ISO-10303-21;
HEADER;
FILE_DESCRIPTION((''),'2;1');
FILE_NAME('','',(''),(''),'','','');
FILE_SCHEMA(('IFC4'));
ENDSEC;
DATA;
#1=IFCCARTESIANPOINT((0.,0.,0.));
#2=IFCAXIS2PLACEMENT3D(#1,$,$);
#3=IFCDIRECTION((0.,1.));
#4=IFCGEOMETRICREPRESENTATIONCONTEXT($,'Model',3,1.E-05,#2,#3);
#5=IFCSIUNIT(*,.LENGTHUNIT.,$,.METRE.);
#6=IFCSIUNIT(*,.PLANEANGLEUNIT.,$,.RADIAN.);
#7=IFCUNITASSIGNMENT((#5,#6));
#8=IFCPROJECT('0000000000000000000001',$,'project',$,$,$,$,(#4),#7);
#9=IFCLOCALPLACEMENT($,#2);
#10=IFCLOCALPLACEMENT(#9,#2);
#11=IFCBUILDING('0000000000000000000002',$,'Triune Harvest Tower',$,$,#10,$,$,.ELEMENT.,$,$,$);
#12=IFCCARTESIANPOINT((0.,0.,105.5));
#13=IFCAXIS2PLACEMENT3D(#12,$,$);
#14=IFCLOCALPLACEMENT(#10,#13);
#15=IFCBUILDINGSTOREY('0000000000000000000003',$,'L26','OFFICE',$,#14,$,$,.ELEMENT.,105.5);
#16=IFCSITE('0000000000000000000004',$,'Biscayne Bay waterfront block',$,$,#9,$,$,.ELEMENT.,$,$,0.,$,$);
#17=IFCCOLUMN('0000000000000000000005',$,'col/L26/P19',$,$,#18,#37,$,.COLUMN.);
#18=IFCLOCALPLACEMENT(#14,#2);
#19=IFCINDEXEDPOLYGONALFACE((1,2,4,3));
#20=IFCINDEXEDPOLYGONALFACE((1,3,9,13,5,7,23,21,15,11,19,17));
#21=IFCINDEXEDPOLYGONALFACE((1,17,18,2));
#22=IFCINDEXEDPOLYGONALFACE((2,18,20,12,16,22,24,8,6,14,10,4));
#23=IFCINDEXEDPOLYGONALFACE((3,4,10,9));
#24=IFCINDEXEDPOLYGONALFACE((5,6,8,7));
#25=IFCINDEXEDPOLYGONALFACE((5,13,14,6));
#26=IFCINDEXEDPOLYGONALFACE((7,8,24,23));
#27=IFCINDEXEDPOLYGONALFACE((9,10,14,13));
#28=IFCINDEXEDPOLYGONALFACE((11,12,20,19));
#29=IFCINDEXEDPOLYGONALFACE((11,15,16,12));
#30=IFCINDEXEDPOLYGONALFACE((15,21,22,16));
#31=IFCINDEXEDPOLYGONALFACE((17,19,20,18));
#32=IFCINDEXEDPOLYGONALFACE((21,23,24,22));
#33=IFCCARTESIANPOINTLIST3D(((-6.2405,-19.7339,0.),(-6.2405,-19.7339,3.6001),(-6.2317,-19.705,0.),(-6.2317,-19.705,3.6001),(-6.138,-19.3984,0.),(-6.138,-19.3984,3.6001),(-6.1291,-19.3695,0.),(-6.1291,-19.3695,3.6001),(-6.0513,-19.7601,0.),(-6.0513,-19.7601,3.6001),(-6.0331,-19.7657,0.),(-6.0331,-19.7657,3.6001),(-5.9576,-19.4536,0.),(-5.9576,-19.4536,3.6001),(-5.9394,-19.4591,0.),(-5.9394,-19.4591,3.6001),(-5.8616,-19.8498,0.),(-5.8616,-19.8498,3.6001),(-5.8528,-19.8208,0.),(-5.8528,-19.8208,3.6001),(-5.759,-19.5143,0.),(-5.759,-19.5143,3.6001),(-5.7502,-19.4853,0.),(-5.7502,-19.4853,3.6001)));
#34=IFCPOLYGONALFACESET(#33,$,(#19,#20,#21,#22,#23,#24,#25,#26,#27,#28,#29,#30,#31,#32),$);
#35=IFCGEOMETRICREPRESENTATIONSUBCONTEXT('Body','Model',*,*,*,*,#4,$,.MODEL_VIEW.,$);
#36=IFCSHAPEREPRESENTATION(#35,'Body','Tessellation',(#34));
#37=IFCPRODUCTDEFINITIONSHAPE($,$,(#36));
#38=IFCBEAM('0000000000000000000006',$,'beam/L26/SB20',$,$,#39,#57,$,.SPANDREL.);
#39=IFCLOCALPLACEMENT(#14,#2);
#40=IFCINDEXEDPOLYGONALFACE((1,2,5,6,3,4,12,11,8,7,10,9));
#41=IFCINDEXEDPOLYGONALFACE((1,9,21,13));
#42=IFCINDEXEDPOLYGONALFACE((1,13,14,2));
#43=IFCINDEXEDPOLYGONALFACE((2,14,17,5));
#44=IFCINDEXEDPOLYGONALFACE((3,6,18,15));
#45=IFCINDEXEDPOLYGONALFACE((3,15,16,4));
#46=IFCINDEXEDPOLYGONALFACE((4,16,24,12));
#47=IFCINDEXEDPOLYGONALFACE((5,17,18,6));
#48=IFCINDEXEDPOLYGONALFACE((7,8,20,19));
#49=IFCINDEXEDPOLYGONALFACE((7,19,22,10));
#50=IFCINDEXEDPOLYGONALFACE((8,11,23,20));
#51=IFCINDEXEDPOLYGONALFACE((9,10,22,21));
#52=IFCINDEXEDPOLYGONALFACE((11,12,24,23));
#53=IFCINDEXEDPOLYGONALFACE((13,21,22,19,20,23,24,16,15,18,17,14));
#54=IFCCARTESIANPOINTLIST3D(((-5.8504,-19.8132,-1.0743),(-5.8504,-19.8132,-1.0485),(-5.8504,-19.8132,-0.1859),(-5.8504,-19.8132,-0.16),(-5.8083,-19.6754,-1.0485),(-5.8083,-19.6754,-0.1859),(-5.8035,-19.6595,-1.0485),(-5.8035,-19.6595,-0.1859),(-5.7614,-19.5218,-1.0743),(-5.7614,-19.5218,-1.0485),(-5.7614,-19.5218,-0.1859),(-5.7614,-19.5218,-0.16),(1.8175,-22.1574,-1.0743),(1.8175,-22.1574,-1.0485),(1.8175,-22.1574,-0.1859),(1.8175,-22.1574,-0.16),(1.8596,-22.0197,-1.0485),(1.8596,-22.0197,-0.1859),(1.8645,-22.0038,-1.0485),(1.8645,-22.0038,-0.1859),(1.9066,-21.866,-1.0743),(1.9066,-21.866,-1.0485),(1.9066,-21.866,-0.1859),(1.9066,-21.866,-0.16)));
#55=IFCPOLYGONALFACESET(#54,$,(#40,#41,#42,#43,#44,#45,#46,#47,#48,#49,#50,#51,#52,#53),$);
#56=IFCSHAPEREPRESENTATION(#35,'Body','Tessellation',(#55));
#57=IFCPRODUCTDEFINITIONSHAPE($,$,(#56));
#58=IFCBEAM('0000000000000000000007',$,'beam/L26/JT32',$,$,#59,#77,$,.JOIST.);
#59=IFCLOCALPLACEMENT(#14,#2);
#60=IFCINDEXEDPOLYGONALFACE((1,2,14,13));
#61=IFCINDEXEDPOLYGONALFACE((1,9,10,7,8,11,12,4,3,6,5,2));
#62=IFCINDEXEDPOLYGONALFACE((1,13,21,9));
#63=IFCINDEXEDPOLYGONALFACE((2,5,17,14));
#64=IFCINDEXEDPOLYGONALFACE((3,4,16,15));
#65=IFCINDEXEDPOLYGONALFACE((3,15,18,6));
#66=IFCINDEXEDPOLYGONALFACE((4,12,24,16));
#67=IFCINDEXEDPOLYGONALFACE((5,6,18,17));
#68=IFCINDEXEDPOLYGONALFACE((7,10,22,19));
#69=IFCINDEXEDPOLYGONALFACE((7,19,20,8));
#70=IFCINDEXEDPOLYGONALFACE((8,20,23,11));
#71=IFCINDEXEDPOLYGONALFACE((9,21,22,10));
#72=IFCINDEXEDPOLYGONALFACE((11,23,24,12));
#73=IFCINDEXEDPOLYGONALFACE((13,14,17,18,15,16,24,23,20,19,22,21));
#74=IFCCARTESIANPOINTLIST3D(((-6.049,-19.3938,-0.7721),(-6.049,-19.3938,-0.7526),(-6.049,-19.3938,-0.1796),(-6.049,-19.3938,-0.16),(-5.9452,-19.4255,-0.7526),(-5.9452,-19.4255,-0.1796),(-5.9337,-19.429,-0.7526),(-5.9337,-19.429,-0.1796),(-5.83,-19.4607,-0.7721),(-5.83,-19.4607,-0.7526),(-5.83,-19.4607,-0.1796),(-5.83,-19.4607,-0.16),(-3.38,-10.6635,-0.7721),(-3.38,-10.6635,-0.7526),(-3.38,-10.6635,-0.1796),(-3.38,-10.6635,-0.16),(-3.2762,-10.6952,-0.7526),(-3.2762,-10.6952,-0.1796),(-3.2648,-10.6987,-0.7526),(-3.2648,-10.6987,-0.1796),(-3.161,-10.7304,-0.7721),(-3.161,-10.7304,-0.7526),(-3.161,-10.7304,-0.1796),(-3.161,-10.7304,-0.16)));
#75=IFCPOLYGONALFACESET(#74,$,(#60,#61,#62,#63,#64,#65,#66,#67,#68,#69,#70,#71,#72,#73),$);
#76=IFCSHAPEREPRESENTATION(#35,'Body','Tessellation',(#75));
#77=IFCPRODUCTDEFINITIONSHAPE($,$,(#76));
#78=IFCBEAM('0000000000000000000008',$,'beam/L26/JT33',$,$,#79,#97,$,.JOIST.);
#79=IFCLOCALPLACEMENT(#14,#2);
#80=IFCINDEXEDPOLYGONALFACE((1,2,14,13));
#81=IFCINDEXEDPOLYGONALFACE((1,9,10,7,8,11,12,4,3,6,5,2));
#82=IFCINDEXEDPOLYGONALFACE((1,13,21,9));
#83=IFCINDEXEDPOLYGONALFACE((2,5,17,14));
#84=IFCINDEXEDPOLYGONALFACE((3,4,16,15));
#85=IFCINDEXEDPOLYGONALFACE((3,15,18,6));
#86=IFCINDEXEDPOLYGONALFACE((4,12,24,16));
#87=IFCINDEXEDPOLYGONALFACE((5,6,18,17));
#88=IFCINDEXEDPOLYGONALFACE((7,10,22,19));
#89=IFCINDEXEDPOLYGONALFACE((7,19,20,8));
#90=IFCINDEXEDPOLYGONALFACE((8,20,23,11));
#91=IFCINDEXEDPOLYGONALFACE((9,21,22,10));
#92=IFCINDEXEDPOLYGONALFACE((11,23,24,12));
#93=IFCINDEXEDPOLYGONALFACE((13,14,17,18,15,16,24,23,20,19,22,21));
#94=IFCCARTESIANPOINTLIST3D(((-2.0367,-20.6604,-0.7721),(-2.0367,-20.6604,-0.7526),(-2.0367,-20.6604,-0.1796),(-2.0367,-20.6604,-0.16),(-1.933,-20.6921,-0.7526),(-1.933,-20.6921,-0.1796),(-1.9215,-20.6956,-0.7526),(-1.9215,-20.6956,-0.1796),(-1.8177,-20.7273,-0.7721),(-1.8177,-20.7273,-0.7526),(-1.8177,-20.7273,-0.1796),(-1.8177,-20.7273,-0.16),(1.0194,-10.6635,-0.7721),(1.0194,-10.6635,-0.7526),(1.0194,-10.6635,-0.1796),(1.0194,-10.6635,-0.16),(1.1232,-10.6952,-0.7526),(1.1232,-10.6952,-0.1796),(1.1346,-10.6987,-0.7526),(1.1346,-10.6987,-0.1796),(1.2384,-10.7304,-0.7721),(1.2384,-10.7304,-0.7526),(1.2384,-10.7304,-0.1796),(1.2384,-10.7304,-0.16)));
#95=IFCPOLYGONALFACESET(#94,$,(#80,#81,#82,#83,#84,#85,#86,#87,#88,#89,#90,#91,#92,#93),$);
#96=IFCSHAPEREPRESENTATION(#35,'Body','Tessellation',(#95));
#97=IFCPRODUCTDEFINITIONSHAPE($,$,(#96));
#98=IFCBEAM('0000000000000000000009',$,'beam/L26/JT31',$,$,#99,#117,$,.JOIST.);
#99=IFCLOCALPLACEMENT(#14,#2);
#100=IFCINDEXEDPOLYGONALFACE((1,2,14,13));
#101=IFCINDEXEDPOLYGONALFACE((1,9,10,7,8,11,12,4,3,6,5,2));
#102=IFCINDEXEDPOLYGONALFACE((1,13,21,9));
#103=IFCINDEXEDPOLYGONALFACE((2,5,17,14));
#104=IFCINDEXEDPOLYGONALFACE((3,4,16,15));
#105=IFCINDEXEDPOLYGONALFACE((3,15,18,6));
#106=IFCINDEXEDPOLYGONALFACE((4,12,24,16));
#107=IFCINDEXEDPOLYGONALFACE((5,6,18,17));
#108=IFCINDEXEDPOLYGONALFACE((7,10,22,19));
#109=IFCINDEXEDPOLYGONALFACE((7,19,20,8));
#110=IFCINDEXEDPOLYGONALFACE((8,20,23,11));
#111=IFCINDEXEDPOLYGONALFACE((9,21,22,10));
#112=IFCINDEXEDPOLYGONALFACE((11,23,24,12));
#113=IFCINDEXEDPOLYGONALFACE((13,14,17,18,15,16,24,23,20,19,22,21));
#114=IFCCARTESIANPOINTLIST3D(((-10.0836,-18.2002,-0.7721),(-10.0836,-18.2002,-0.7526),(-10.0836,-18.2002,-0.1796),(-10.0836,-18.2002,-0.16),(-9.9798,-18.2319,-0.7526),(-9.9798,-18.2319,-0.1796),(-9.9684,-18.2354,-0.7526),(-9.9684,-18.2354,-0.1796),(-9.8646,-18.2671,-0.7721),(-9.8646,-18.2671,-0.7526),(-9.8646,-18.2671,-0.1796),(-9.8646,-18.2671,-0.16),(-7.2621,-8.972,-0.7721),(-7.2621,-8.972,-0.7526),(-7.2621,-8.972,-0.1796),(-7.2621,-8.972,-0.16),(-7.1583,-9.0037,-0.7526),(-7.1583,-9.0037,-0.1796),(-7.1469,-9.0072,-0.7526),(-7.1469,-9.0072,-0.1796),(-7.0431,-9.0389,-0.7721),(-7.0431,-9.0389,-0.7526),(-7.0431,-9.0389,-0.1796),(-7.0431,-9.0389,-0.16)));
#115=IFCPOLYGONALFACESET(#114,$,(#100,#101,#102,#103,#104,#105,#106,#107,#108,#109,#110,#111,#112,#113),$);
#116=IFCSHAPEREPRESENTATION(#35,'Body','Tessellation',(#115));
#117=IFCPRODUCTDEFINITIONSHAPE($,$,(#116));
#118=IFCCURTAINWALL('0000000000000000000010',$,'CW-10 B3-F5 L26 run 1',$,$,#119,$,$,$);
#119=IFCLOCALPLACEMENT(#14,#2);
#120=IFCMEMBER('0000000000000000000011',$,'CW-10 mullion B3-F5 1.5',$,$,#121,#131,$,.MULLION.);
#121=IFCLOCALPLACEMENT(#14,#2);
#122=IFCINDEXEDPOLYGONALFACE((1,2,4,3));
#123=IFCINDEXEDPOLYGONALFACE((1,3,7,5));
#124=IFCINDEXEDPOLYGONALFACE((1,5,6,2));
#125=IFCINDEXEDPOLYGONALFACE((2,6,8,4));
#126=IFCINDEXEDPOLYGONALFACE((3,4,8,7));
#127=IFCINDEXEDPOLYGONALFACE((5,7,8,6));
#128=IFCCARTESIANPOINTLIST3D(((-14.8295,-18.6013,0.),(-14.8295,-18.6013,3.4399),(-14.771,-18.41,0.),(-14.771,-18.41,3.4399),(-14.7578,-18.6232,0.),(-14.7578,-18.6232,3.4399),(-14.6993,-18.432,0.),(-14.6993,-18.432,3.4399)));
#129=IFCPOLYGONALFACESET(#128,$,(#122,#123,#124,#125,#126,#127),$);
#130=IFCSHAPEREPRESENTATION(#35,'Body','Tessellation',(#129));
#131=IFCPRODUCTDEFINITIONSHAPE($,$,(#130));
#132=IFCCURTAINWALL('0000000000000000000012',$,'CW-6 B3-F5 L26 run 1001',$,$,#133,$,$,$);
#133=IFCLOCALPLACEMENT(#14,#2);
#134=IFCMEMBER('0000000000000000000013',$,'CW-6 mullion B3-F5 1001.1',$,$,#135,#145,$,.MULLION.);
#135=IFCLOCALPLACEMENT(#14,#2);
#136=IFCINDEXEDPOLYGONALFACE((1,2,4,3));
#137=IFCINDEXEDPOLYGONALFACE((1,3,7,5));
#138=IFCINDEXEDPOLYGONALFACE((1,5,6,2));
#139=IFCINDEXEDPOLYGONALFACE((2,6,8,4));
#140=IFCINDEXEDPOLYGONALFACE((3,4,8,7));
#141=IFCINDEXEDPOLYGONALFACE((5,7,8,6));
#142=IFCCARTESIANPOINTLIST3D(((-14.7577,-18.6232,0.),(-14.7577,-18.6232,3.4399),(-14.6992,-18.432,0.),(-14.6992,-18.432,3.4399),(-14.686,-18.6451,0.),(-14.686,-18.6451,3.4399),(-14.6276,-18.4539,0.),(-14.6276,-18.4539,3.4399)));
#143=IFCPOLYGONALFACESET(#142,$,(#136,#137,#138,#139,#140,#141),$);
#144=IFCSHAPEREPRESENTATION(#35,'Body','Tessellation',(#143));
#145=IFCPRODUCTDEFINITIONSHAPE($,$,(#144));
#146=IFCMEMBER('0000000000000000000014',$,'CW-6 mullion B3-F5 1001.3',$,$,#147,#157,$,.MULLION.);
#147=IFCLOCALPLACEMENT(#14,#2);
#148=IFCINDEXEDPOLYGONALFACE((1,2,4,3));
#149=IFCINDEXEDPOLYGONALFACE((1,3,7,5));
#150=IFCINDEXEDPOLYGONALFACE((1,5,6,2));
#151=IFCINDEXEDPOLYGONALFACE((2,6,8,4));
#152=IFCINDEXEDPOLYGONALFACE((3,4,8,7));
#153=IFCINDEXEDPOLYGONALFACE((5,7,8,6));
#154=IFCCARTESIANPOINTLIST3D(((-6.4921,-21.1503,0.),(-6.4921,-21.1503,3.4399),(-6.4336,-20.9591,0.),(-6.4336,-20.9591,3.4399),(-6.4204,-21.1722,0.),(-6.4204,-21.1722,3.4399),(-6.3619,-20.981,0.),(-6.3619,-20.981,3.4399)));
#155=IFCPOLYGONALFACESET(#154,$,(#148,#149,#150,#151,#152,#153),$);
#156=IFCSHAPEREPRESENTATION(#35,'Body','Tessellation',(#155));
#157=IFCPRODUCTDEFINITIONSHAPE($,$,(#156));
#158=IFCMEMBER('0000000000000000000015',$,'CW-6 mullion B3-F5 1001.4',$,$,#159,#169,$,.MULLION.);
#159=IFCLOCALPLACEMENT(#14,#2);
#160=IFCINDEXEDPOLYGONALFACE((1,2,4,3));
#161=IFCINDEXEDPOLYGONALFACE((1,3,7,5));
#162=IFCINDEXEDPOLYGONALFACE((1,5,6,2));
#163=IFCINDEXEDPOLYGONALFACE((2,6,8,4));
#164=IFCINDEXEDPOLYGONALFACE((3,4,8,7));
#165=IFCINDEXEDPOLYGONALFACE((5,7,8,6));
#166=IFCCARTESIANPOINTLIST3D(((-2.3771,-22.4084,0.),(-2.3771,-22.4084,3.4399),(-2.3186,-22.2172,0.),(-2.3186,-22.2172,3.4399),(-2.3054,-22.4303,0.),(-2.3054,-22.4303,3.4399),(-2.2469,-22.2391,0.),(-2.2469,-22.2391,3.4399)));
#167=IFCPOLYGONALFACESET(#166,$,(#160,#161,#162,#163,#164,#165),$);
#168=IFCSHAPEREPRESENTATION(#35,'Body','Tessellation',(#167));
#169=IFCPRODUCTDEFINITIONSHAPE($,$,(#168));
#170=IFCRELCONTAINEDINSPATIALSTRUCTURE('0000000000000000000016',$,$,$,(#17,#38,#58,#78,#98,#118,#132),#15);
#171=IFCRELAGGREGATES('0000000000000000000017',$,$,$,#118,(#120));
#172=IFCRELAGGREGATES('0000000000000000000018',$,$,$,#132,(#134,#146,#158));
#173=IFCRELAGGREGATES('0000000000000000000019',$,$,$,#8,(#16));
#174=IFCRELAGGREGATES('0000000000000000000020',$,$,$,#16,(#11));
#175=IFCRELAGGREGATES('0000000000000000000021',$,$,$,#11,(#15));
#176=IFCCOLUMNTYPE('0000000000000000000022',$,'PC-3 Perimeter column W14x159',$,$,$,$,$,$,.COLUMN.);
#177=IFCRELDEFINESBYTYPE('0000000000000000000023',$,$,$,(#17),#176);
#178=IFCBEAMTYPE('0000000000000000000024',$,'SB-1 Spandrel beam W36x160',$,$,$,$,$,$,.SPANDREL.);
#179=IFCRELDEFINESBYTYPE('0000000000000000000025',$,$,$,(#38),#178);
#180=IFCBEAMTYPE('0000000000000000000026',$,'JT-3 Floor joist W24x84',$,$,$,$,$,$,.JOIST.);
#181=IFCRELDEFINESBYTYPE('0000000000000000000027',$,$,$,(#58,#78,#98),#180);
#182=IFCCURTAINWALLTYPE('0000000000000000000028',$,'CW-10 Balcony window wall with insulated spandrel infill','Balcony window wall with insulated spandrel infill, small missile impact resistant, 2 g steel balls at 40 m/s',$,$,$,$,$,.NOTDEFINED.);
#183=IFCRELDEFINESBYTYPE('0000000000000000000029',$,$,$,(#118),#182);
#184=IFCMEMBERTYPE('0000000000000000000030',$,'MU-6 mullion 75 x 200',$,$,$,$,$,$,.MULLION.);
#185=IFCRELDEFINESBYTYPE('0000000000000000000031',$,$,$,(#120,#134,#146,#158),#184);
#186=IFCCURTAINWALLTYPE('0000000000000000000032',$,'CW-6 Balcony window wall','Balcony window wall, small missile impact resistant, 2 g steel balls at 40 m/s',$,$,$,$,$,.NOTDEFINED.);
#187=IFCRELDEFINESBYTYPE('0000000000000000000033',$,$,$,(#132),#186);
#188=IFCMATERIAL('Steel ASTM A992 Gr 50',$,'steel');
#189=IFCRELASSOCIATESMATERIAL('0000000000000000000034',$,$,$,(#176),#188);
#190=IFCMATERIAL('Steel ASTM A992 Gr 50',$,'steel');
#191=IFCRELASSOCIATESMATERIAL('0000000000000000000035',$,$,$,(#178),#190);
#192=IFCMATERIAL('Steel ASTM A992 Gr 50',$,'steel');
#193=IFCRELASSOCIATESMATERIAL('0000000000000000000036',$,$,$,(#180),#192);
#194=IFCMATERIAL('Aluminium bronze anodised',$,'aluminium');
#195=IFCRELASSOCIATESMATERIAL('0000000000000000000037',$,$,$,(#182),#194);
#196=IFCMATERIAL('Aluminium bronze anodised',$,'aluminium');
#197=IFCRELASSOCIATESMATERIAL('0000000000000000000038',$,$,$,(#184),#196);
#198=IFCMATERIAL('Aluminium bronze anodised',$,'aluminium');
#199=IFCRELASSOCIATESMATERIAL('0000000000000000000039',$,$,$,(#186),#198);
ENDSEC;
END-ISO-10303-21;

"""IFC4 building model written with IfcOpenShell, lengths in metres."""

from ifc_helpers import new_model, si_unit, direction, frame, origin, origin_2d, place, context, subcontext, project, spatial, rectangle, i_section, extrude, source, transform, mapped, material, material_profile, profile_set, type_object, element, aggregate, save


model = new_model("IFC4")

# Units and contexts
model_context = context("Model", 3, precision=1e-05, world=origin(), true_north=direction((0.0, 1.0)))
body_context = subcontext(model_context, "Body", "Model", "MODEL_VIEW")
ifc_project = project(units=[si_unit("LENGTHUNIT", "METRE"), si_unit("PLANEANGLEUNIT", "RADIAN")], contexts=[model_context])

# Site, building, storey
site_placement = place(None, origin())
site = spatial("IfcSite", under=ifc_project, at=site_placement, Name="Biscayne Bay waterfront block", CompositionType="ELEMENT", RefElevation=0.0)
building_placement = place(site_placement, origin())
building = spatial("IfcBuilding", under=site, at=building_placement, Name="Triune Harvest Tower", CompositionType="ELEMENT")
storey_placement = place(building_placement, frame((0.0, 0.0, 105.5)))
storey = spatial("IfcBuildingStorey", under=building, at=storey_placement, Name="L26", Description="OFFICE", CompositionType="ELEMENT", Elevation=105.5)

# Column
ifc_material_1 = material(Name="Steel ASTM A992 Gr 50", Category="steel")
ifc_material_profile_1 = material_profile(ifc_material_1, i_section(OverallWidth=0.3962, OverallDepth=0.3811, WebThickness=0.019, FlangeThickness=0.0303, at=origin_2d()), Name="W14x159")
ifc_profile_set_1 = profile_set([ifc_material_profile_1], Name="Steel ASTM A992 Gr 50")
column_type = type_object("IfcColumnType", Name="PC-3 Perimeter column W14x159", PredefinedType="COLUMN", material=ifc_profile_set_1)
shared_shape_1 = source(origin(), body_context, "Body", "SweptSolid", [
    extrude(i_section(OverallWidth=0.3962, OverallDepth=0.3811, WebThickness=0.019, FlangeThickness=0.0303, at=origin_2d()), origin(), (0.0, 0.0, 1.0), 3.6001),
])
column_placement = place(storey_placement, frame((-5.9954, -19.6096, 0.0), z_axis=(0.0, 0.0, 1.0), x_axis=(0.956305, -0.292372, 0.0)))
element("IfcColumn", 1, at=column_placement, inside=storey, type_object=column_type, Name="col/L26/P19", PredefinedType="COLUMN", context=body_context, shape_type="MappedRepresentation", body=[
    mapped(shared_shape_1, transform((0.0, 0.0, 0.0), scale=1.0)),
])

# Beams
ifc_material_2 = material(Name="Steel ASTM A992 Gr 50", Category="steel")
ifc_material_profile_2 = material_profile(ifc_material_2, i_section(OverallWidth=0.3047, OverallDepth=0.9143, WebThickness=0.0166, FlangeThickness=0.0259, at=origin_2d()), Name="W36x160")
ifc_profile_set_2 = profile_set([ifc_material_profile_2], Name="Steel ASTM A992 Gr 50")
beam_type_1 = type_object("IfcBeamType", Name="SB-1 Spandrel beam W36x160", PredefinedType="SPANDREL", material=ifc_profile_set_2)
shared_shape_2 = source(origin(), body_context, "Body", "SweptSolid", [
    extrude(i_section(OverallWidth=0.3047, OverallDepth=0.9143, WebThickness=0.0166, FlangeThickness=0.0259, at=origin_2d()), origin(), (0.0, 0.0, 1.0), 8.0183),
])
beam_1_placement = place(storey_placement, frame((-5.8059, -19.6675, -0.6172), z_axis=(0.956308, -0.292361, 0.0), x_axis=(0.292361, 0.956308, 0.0)))
element("IfcBeam", 2, at=beam_1_placement, inside=storey, type_object=beam_type_1, Name="beam/L26/SB20", PredefinedType="SPANDREL", context=body_context, shape_type="MappedRepresentation", body=[
    mapped(shared_shape_2, transform((0.0, 0.0, 0.0), scale=1.0)),
])
ifc_material_3 = material(Name="Steel ASTM A992 Gr 50", Category="steel")
ifc_material_profile_3 = material_profile(ifc_material_3, i_section(OverallWidth=0.229, OverallDepth=0.6121, WebThickness=0.012, FlangeThickness=0.0195, at=origin_2d()), Name="W24x84")
ifc_profile_set_3 = profile_set([ifc_material_profile_3], Name="Steel ASTM A992 Gr 50")
beam_type_2 = type_object("IfcBeamType", Name="JT-3 Floor joist W24x84", PredefinedType="JOIST", material=ifc_profile_set_3)
shared_shape_3 = source(origin(), body_context, "Body", "SweptSolid", [
    extrude(i_section(OverallWidth=0.229, OverallDepth=0.6121, WebThickness=0.012, FlangeThickness=0.0195, at=origin_2d()), origin(), (0.0, 0.0, 1.0), 9.1292),
])
beam_2_placement = place(storey_placement, frame((-5.9395, -19.4272, -0.4661), z_axis=(0.292356, 0.956309, 0.0), x_axis=(-0.956309, 0.292356, 0.0)))
element("IfcBeam", 3, at=beam_2_placement, inside=storey, type_object=beam_type_2, Name="beam/L26/JT32", PredefinedType="JOIST", context=body_context, shape_type="MappedRepresentation", body=[
    mapped(shared_shape_3, transform((0.0, 0.0, 0.0), scale=1.0)),
])
shared_shape_4 = source(origin(), body_context, "Body", "SweptSolid", [
    extrude(i_section(OverallWidth=0.229, OverallDepth=0.6121, WebThickness=0.012, FlangeThickness=0.0195, at=origin_2d()), origin(), (0.0, 0.0, 1.0), 10.4536),
])
beam_3_placement = place(storey_placement, frame((-1.9272, -20.6938, -0.4661), z_axis=(0.292356, 0.95631, 0.0), x_axis=(-0.95631, 0.292356, 0.0)))
element("IfcBeam", 4, at=beam_3_placement, inside=storey, type_object=beam_type_2, Name="beam/L26/JT33", PredefinedType="JOIST", context=body_context, shape_type="MappedRepresentation", body=[
    mapped(shared_shape_4, transform((0.0, 0.0, 0.0), scale=1.0)),
])
shared_shape_5 = source(origin(), body_context, "Body", "SweptSolid", [
    extrude(i_section(OverallWidth=0.229, OverallDepth=0.6121, WebThickness=0.012, FlangeThickness=0.0195, at=origin_2d()), origin(), (0.0, 0.0, 1.0), 9.6499),
])
beam_4_placement = place(storey_placement, frame((-9.9741, -18.2336, -0.4661), z_axis=(0.292388, 0.9563, 0.0), x_axis=(-0.9563, 0.292388, 0.0)))
element("IfcBeam", 5, at=beam_4_placement, inside=storey, type_object=beam_type_2, Name="beam/L26/JT31", PredefinedType="JOIST", context=body_context, shape_type="MappedRepresentation", body=[
    mapped(shared_shape_5, transform((0.0, 0.0, 0.0), scale=1.0)),
])

# Curtain wall, member
ifc_material_4 = material(Name="Aluminium bronze anodised", Category="aluminium")
curtain_wall_type_1 = type_object("IfcCurtainWallType", Name="CW-10 Balcony window wall with insulated spandrel infill", Description="Balcony window wall with insulated spandrel infill, small missile impact resistant, 2 g steel balls at 40 m/s", PredefinedType="NOTDEFINED", material=ifc_material_4)
curtain_wall_1_placement = place(storey_placement, origin())
curtain_wall_1 = element("IfcCurtainWall", 6, at=curtain_wall_1_placement, inside=storey, type_object=curtain_wall_type_1, Name="CW-10 B3-F5 L26 run 1")
ifc_material_5 = material(Name="Aluminium bronze anodised", Category="aluminium")
ifc_material_profile_4 = material_profile(ifc_material_5, rectangle(XDim=0.2, YDim=0.075, at=origin_2d()), Name="MU-6 mullion 75 x 200")
ifc_profile_set_4 = profile_set([ifc_material_profile_4], Name="Aluminium bronze anodised")
member_type_1 = type_object("IfcMemberType", Name="MU-6 mullion 75 x 200", PredefinedType="MULLION", material=ifc_profile_set_4)
shared_shape_6 = source(origin(), body_context, "Body", "SweptSolid", [
    extrude(rectangle(XDim=0.2, YDim=0.075, at=origin_2d()), origin(), (0.0, 0.0, 1.0), 3.4399),
])
member_1_placement = place(storey_placement, frame((-14.7644, -18.5166, 0.0), z_axis=(0.0, 0.0, 1.0), x_axis=(0.292372, 0.956305, 0.0)))
member_1 = element("IfcMember", 7, at=member_1_placement, type_object=member_type_1, Name="CW-10 mullion B3-F5 1.5", PredefinedType="MULLION", context=body_context, shape_type="MappedRepresentation", body=[
    mapped(shared_shape_6, transform((0.0, 0.0, 0.0), scale=1.0)),
])
aggregate(curtain_wall_1, [member_1])

# Curtain wall, members
ifc_material_6 = material(Name="Aluminium bronze anodised", Category="aluminium")
curtain_wall_type_2 = type_object("IfcCurtainWallType", Name="CW-6 Balcony window wall", Description="Balcony window wall, small missile impact resistant, 2 g steel balls at 40 m/s", PredefinedType="NOTDEFINED", material=ifc_material_6)
curtain_wall_2_placement = place(storey_placement, origin())
curtain_wall_2 = element("IfcCurtainWall", 8, at=curtain_wall_2_placement, inside=storey, type_object=curtain_wall_type_2, Name="CW-6 B3-F5 L26 run 1001")
member_2_placement = place(storey_placement, frame((-14.6926, -18.5386, 0.0), z_axis=(0.0, 0.0, 1.0), x_axis=(0.292375, 0.956304, 0.0)))
member_2 = element("IfcMember", 9, at=member_2_placement, type_object=member_type_1, Name="CW-6 mullion B3-F5 1001.1", PredefinedType="MULLION", context=body_context, shape_type="MappedRepresentation", body=[
    mapped(shared_shape_6, transform((0.0, 0.0, 0.0), scale=1.0)),
])
member_3_placement = place(storey_placement, frame((-6.427, -21.0657, 0.0), z_axis=(0.0, 0.0, 1.0), x_axis=(0.292375, 0.956304, 0.0)))
member_3 = element("IfcMember", 10, at=member_3_placement, type_object=member_type_1, Name="CW-6 mullion B3-F5 1001.3", PredefinedType="MULLION", context=body_context, shape_type="MappedRepresentation", body=[
    mapped(shared_shape_6, transform((0.0, 0.0, 0.0), scale=1.0)),
])
member_4_placement = place(storey_placement, frame((-2.312, -22.3237, 0.0), z_axis=(0.0, 0.0, 1.0), x_axis=(0.292375, 0.956304, 0.0)))
member_4 = element("IfcMember", 11, at=member_4_placement, type_object=member_type_1, Name="CW-6 mullion B3-F5 1001.4", PredefinedType="MULLION", context=body_context, shape_type="MappedRepresentation", body=[
    mapped(shared_shape_6, transform((0.0, 0.0, 0.0), scale=1.0)),
])

aggregate(curtain_wall_2, [member_2, member_3, member_4])

save(model, "model.ifc")
